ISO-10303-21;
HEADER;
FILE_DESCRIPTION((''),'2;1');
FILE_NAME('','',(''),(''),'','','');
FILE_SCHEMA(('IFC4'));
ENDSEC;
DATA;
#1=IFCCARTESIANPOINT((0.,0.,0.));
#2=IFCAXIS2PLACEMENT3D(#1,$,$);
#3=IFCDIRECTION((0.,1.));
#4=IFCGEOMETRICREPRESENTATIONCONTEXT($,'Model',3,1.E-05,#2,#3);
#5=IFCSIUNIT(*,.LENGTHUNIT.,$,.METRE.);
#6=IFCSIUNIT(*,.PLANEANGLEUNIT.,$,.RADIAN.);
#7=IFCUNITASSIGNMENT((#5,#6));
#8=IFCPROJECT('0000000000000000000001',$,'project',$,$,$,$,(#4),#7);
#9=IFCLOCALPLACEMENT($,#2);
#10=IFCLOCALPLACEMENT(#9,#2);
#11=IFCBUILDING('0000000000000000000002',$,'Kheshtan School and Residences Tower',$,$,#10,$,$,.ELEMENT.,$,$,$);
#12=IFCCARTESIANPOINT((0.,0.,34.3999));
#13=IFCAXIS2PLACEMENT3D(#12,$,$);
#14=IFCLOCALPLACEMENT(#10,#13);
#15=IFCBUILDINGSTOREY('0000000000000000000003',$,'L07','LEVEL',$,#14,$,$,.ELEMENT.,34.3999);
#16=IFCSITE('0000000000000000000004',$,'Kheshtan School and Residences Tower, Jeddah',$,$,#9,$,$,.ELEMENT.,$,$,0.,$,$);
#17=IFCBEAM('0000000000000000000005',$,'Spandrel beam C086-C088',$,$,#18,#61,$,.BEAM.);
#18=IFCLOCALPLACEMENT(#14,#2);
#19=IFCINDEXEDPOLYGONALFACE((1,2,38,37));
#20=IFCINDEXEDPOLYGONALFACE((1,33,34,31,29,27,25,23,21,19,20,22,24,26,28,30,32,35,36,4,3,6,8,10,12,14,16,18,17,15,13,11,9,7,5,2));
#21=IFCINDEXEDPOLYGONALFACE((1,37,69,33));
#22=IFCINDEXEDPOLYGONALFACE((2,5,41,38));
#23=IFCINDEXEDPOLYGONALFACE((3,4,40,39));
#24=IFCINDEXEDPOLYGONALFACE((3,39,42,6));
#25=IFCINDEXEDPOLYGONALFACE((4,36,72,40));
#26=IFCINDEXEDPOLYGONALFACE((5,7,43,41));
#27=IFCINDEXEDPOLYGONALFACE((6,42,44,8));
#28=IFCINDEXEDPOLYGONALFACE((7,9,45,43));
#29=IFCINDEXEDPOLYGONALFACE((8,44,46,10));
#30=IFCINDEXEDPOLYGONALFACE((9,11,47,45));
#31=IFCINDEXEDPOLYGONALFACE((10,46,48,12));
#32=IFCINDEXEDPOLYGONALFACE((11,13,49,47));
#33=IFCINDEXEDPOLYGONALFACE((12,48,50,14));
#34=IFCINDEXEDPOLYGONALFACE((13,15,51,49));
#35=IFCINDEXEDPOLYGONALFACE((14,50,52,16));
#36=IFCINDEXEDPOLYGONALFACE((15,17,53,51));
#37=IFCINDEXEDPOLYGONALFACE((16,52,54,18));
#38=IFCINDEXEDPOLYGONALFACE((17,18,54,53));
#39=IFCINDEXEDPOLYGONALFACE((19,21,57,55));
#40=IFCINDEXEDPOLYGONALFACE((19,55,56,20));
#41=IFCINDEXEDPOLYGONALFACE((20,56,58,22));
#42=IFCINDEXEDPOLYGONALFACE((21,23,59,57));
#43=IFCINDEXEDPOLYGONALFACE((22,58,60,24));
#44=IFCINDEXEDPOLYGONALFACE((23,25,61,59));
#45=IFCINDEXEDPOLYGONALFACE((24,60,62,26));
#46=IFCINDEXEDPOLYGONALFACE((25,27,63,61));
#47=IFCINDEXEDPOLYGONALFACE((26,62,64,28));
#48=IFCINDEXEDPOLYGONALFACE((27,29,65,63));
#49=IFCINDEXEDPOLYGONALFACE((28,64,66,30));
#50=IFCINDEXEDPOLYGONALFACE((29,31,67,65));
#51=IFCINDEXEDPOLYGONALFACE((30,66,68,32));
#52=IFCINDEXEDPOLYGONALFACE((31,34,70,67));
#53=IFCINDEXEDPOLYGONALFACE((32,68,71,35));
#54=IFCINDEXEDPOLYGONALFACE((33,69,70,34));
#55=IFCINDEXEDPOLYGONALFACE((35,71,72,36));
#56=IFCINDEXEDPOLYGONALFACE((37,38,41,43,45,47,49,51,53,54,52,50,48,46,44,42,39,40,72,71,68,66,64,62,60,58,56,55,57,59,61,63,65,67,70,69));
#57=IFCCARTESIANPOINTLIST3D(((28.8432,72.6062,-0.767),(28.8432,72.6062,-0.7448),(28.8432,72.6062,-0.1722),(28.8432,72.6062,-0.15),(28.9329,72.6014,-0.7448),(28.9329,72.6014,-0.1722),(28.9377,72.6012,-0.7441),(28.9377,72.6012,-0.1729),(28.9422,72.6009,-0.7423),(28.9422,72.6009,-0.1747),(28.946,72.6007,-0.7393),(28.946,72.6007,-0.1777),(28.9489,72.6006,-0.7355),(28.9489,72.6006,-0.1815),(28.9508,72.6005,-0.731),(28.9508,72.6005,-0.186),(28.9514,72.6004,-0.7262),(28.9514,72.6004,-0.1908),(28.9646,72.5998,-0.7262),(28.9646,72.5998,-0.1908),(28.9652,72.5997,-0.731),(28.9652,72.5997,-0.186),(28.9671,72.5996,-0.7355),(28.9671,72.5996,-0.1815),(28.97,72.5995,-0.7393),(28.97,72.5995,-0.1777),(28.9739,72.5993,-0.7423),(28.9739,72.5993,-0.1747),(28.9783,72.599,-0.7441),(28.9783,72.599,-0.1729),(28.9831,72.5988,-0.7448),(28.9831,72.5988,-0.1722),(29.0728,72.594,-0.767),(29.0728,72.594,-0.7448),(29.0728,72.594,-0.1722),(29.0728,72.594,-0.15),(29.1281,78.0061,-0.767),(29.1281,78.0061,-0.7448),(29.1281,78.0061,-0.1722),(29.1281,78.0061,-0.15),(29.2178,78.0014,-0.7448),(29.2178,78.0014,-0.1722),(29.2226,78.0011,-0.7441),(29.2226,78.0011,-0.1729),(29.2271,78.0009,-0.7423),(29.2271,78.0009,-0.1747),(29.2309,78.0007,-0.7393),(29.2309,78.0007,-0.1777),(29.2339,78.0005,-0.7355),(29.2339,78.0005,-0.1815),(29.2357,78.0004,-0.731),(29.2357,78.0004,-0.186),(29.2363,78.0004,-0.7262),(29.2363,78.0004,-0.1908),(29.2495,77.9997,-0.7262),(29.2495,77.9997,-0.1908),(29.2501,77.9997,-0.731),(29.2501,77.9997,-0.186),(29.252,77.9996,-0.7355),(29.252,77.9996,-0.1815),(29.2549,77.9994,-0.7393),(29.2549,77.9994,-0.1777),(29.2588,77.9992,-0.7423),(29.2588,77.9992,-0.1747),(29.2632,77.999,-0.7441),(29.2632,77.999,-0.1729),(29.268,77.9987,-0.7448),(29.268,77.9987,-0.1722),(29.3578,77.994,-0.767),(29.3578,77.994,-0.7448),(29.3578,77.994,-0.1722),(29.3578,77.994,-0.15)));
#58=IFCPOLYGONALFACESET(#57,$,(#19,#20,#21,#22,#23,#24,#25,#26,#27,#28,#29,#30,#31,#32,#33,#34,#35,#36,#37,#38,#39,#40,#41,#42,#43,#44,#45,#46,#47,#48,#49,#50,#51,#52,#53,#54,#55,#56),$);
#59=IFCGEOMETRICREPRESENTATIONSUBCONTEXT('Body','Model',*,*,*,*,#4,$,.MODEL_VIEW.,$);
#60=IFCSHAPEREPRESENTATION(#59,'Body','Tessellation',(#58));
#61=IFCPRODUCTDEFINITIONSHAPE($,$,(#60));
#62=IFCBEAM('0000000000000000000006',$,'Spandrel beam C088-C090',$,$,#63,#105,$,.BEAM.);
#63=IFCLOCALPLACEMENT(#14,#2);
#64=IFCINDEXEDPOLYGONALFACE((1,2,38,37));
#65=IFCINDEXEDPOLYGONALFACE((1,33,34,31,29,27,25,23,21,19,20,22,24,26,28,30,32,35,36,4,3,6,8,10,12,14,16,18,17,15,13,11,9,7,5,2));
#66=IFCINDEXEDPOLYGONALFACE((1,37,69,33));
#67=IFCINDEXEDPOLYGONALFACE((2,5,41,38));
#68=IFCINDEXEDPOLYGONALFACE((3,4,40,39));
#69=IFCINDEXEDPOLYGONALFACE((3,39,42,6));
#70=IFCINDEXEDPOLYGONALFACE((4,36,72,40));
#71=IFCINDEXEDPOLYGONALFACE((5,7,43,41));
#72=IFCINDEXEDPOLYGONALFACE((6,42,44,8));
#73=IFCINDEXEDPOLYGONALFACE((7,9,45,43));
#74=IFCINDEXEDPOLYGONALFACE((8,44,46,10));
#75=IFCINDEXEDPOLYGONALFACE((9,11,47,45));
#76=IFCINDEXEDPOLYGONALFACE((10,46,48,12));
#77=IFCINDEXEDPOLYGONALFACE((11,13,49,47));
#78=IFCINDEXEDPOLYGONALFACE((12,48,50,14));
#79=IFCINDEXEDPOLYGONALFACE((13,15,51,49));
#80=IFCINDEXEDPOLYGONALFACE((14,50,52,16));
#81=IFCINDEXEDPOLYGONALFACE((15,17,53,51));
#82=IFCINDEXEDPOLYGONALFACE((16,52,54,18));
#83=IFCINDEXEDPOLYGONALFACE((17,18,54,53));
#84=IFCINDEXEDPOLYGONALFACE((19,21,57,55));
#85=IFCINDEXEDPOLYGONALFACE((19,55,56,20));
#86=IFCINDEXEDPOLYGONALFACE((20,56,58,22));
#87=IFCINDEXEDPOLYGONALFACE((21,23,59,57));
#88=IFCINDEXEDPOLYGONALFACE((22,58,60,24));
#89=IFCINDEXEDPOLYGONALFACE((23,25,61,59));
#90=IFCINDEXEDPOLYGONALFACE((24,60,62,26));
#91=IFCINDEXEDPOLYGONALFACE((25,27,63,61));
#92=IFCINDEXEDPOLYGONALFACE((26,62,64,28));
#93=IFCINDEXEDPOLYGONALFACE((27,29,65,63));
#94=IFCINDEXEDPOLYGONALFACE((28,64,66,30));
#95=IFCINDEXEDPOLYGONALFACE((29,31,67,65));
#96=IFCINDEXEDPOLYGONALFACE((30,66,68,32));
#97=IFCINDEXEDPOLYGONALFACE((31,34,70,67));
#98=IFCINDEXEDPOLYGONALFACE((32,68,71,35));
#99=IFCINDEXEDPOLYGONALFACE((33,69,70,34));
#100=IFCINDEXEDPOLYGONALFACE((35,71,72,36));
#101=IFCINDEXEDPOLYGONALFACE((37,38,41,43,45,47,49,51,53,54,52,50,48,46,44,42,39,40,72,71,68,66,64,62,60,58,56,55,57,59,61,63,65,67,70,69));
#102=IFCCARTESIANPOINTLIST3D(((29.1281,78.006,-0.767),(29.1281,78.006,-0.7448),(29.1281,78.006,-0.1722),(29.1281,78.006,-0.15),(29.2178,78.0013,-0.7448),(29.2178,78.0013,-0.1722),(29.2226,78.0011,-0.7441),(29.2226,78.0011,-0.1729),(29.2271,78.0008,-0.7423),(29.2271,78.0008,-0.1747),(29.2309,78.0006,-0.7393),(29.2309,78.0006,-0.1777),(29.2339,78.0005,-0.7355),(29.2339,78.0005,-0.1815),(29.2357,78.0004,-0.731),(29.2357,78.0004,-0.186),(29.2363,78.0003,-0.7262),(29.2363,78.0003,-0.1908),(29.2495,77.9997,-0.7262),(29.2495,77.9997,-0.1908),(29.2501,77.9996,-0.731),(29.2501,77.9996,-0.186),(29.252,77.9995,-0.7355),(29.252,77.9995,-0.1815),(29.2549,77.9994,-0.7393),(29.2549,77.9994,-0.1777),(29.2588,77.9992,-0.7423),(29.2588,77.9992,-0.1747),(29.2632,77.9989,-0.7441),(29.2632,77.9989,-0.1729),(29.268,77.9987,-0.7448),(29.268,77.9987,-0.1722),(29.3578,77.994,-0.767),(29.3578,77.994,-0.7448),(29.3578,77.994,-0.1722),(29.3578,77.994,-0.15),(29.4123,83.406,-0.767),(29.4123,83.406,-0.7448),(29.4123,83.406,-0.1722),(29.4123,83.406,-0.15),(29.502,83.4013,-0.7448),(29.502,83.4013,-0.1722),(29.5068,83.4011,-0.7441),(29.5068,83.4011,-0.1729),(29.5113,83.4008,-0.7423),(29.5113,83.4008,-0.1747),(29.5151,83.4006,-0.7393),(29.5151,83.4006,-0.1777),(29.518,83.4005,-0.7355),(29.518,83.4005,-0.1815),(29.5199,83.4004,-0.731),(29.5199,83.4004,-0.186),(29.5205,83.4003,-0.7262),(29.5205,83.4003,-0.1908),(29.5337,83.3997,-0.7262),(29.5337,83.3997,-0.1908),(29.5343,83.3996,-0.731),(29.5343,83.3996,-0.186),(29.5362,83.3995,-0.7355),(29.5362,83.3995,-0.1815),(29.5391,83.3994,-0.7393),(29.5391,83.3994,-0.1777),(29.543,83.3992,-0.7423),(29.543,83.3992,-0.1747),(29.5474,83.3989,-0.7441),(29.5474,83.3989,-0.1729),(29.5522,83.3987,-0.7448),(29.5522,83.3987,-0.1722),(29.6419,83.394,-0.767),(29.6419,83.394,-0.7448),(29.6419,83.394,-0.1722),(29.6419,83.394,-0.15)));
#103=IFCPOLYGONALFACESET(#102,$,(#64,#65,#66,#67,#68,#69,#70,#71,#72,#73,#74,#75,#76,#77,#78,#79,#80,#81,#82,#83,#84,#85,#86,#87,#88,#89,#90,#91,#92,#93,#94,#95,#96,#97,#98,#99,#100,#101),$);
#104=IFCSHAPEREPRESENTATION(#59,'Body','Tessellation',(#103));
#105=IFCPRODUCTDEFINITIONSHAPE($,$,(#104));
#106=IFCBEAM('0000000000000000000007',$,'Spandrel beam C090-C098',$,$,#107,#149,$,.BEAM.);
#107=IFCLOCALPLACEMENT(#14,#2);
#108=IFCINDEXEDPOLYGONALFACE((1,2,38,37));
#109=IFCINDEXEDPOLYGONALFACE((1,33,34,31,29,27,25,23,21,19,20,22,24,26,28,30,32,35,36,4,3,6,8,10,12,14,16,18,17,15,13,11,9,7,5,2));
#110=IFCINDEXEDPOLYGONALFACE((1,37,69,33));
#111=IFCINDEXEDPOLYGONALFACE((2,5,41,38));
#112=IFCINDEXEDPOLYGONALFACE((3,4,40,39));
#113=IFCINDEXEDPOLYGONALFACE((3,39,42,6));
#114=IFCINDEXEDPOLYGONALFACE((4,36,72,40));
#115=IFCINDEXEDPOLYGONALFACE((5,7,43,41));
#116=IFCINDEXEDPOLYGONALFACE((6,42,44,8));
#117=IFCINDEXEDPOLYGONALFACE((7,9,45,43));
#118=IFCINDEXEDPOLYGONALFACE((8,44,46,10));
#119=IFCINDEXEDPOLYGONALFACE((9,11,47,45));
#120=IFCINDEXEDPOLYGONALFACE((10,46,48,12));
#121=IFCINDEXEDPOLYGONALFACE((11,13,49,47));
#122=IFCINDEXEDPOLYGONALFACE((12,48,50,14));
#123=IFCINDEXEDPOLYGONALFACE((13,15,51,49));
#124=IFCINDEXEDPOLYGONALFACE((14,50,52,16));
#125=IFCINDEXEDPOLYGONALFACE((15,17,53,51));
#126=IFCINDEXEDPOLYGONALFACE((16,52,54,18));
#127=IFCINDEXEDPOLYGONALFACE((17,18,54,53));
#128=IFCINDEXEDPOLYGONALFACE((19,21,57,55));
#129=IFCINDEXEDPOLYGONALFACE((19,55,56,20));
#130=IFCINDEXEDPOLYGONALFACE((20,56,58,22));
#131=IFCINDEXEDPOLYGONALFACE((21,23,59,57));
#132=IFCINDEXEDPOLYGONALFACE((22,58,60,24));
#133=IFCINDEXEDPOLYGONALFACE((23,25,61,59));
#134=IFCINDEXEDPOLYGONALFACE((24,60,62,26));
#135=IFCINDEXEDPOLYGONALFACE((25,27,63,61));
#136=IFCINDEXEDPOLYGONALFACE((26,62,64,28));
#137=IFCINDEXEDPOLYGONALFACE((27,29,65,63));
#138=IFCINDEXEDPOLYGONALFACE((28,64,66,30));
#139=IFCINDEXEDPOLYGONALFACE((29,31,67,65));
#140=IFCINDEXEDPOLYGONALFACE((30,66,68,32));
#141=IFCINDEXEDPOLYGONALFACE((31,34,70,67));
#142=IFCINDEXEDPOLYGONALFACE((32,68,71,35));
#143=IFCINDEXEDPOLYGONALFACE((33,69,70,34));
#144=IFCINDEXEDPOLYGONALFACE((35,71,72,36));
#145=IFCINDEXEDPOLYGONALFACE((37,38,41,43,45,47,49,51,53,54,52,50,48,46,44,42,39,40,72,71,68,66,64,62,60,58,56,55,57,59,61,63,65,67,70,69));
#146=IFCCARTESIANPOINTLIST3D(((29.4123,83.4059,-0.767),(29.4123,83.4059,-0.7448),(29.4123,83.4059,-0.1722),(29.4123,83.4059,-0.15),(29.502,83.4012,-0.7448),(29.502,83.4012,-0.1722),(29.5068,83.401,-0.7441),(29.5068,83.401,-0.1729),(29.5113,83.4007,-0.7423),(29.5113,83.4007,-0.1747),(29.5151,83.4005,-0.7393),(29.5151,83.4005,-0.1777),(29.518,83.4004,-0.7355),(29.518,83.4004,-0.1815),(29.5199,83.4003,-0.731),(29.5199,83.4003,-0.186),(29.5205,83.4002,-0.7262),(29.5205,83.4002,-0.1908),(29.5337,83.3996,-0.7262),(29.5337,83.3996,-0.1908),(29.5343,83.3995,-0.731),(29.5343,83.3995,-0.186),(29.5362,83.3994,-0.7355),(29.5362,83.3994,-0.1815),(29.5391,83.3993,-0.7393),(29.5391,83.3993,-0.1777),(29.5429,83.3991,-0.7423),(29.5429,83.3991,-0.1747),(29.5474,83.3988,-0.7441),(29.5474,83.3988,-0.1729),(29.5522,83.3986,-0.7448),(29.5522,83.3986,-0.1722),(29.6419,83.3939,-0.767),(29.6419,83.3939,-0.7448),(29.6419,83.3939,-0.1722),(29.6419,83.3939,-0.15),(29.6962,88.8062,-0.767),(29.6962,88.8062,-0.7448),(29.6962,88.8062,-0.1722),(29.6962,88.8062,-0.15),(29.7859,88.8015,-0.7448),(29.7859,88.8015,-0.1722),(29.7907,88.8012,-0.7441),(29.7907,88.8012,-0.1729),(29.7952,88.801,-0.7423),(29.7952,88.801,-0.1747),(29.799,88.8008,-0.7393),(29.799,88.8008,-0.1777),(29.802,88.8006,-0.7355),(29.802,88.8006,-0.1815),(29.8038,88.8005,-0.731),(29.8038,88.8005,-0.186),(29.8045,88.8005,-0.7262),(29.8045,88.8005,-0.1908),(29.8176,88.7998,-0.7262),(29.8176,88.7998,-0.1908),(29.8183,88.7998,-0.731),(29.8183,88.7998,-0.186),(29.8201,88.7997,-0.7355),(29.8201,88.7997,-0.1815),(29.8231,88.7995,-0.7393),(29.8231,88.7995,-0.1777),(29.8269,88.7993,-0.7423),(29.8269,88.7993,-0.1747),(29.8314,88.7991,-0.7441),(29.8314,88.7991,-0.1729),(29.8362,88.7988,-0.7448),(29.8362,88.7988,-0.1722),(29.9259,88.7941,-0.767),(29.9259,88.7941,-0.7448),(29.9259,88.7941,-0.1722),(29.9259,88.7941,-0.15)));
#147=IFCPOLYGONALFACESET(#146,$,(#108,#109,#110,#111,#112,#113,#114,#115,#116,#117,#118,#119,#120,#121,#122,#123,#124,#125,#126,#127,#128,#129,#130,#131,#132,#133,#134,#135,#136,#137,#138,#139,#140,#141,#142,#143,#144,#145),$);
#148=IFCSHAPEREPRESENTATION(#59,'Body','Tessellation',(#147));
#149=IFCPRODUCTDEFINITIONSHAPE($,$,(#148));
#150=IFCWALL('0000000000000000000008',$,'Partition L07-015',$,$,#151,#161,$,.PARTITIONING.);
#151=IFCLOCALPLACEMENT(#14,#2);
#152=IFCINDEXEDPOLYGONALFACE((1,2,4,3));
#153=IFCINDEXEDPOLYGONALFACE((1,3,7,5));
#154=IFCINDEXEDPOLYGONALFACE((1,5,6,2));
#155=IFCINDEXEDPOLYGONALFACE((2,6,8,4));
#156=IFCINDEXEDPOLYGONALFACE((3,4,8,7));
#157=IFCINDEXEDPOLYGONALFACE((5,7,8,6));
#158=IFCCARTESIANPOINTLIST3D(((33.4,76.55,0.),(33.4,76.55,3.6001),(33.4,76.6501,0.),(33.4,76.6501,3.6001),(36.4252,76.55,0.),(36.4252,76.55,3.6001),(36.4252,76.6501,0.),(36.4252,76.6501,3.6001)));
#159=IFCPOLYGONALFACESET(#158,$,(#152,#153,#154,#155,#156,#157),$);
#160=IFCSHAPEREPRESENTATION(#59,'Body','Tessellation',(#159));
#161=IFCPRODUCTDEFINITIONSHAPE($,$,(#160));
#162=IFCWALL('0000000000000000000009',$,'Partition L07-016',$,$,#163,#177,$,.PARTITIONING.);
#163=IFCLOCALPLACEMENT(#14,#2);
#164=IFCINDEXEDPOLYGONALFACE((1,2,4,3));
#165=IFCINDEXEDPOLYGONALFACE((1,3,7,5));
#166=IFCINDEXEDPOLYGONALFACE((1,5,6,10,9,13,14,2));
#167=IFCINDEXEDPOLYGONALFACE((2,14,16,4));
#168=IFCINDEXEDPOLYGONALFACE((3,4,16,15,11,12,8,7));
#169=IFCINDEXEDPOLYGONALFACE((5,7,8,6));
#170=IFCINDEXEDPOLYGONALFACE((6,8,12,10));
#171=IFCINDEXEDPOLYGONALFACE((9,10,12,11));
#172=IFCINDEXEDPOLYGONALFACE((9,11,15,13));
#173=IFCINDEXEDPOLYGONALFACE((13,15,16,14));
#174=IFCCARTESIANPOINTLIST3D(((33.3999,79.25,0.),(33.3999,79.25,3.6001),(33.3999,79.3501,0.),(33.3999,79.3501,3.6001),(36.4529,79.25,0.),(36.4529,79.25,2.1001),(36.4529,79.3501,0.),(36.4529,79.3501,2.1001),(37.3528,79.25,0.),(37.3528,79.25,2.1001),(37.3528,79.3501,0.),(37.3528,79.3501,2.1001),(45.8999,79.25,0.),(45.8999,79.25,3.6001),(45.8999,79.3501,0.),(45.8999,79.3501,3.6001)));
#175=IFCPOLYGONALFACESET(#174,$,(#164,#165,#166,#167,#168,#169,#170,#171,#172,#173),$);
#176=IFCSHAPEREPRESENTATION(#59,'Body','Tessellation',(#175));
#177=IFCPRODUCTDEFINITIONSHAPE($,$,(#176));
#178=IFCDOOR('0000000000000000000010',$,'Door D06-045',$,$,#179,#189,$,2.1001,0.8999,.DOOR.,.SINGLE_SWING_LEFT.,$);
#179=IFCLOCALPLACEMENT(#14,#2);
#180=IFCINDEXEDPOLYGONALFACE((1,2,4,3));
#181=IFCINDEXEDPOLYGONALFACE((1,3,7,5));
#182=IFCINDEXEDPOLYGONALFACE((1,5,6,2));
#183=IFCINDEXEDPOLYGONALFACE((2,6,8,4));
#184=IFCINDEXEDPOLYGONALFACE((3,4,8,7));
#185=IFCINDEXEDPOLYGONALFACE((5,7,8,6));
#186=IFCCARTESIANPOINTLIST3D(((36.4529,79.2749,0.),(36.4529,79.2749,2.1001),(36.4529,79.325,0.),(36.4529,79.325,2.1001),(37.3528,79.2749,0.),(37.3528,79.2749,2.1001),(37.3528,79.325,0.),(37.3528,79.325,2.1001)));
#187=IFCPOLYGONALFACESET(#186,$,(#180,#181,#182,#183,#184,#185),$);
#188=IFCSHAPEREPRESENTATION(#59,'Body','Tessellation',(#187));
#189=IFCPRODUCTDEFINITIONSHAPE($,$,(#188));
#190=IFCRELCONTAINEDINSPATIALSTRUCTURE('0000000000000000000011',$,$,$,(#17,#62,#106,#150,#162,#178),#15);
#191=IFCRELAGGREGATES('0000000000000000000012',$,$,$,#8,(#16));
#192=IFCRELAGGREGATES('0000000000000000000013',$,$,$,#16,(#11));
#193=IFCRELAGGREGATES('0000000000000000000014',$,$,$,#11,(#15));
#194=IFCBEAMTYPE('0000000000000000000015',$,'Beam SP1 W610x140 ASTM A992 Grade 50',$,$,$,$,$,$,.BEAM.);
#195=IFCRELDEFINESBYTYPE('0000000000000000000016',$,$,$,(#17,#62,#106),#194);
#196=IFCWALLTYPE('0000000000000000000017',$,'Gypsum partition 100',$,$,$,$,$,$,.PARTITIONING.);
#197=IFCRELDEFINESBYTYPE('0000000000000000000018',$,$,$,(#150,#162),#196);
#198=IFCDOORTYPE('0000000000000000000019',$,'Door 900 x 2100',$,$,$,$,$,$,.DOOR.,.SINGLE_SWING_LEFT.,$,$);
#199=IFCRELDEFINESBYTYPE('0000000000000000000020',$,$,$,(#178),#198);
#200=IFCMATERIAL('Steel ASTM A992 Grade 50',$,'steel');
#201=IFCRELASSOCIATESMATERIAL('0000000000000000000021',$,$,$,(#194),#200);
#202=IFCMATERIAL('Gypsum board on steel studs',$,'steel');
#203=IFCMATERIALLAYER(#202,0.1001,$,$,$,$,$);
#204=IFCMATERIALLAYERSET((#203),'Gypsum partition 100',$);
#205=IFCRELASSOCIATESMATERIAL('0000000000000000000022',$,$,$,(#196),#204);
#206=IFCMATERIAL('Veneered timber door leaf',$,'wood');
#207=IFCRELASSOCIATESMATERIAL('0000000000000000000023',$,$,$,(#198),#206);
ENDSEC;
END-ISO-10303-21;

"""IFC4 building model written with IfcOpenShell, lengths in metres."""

from ifc_helpers import new_model, si_unit, direction, frame, frame_2d, origin, origin_2d, place, context, subcontext, project, spatial, rectangle, i_section, extrude, source, transform, mapped, material, layer, layer_set, material_profile, profile_set, type_object, element, fill, save


model = new_model("IFC4")

# Units and contexts
model_context = context("Model", 3, precision=1e-05, world=origin(), true_north=direction((0.0, 1.0)))
body_context = subcontext(model_context, "Body", "Model", "MODEL_VIEW")
ifc_project = project(units=[si_unit("LENGTHUNIT", "METRE"), si_unit("PLANEANGLEUNIT", "RADIAN")], contexts=[model_context])

# Site, building, storey
site_placement = place(None, origin())
site = spatial("IfcSite", under=ifc_project, at=site_placement, Name="Kheshtan School and Residences Tower, Jeddah", CompositionType="ELEMENT", RefElevation=0.0)
building_placement = place(site_placement, origin())
building = spatial("IfcBuilding", under=site, at=building_placement, Name="Kheshtan School and Residences Tower", CompositionType="ELEMENT")
storey_placement = place(building_placement, frame((0.0, 0.0, 34.3999)))
storey = spatial("IfcBuildingStorey", under=building, at=storey_placement, Name="L07", Description="LEVEL", CompositionType="ELEMENT", Elevation=34.3999)

# Shared definitions
ifc_material_1 = material(Name="Steel ASTM A992 Grade 50", Category="steel")

# Beams
ifc_material_profile_1 = material_profile(ifc_material_1, i_section(OverallWidth=0.23, OverallDepth=0.6169, WebThickness=0.0132, FlangeThickness=0.0222, FilletRadius=0.0186, at=origin_2d()), Name="W610x140")
ifc_profile_set_1 = profile_set([ifc_material_profile_1], Name="Steel ASTM A992 Grade 50")
beam_type_1 = type_object("IfcBeamType", Name="Beam SP1 W610x140 ASTM A992 Grade 50", PredefinedType="BEAM", material=ifc_profile_set_1)
for number, where, z_axis, x_axis, name in (
    (1, (28.958, 72.6001, -0.4585), (0.052689, 0.998611, 0.0), (-0.998611, 0.052689, 0.0), "Spandrel beam C086-C088"),
    (2, (29.2429, 78.0, -0.4585), (0.052554, 0.998618, 0.0), (-0.998618, 0.052554, 0.0), "Spandrel beam C088-C090"),
):
    element("IfcBeam", number, at=place(storey_placement, frame(where, z_axis=z_axis, x_axis=x_axis)), inside=storey, type_object=beam_type_1, Name=name, PredefinedType="BEAM", context=body_context, shape_type="SweptSolid", body=[
        extrude(i_section(OverallWidth=0.23, OverallDepth=0.6169, WebThickness=0.0132, FlangeThickness=0.0222, FilletRadius=0.0186, at=origin_2d()), origin(), (0.0, 0.0, 1.0), 5.4075),
    ])
beam_1_placement = place(storey_placement, frame((29.5271, 83.3999, -0.4585), z_axis=(0.052507, 0.998621, 0.0), x_axis=(-0.998621, 0.052507, 0.0)))
element("IfcBeam", 3, at=beam_1_placement, inside=storey, type_object=beam_type_1, Name="Spandrel beam C090-C098", PredefinedType="BEAM", context=body_context, shape_type="SweptSolid", body=[
    extrude(i_section(OverallWidth=0.23, OverallDepth=0.6169, WebThickness=0.0132, FlangeThickness=0.0222, FilletRadius=0.0186, at=origin_2d()), origin(), (0.0, 0.0, 1.0), 5.4077),
])

# Wall
ifc_material_2 = material(Name="Gypsum board on steel studs", Category="steel")
ifc_layer_1 = layer(ifc_material_2, 0.1001)
ifc_layer_set_1 = layer_set([ifc_layer_1], Name="Gypsum partition 100")
wall_type_1 = type_object("IfcWallType", Name="Gypsum partition 100", PredefinedType="PARTITIONING", material=ifc_layer_set_1)
wall_1_placement = place(storey_placement, frame((33.3999, 76.6001, 0.0), z_axis=(0.0, 0.0, 1.0), x_axis=(1.0, 0.0, 0.0)))
element("IfcWall", 4, at=wall_1_placement, inside=storey, type_object=wall_type_1, Name="Partition L07-015", PredefinedType="PARTITIONING", context=body_context, shape_type="SweptSolid", body=[
    extrude(rectangle(XDim=3.0251, YDim=0.1001, at=frame_2d((1.5127, 0.0))), origin(), (0.0, 0.0, 1.0), 3.6001),
])

# Wall, opening, door
wall_2_placement = place(storey_placement, frame((33.3999, 79.3, 0.0), z_axis=(0.0, 0.0, 1.0), x_axis=(1.0, 0.0, 0.0)))
wall_2 = element("IfcWall", 5, at=wall_2_placement, inside=storey, type_object=wall_type_1, Name="Partition L07-016", PredefinedType="PARTITIONING", context=body_context, shape_type="SweptSolid", body=[
    extrude(rectangle(XDim=12.5, YDim=0.1001, at=frame_2d((6.25, 0.0))), origin(), (0.0, 0.0, 1.0), 3.6001),
])
opening_1_placement = place(wall_2_placement, frame((3.053, 0.0, 0.0)))
opening_1 = element("IfcOpeningElement", 6, at=opening_1_placement, cuts=wall_2, PredefinedType="OPENING", context=body_context, shape_type="SweptSolid", body=[
    extrude(rectangle(XDim=0.8999, YDim=2.1001, at=frame_2d((0.45, 1.05))), frame((0.0, 0.0601, 0.0), z_axis=(0.0, -1.0, 0.0), x_axis=(1.0, 0.0, 0.0)), (0.0, 0.0, 1.0), 0.1201),
])
ifc_material_3 = material(Name="Veneered timber door leaf", Category="wood")
door_type_1 = type_object("IfcDoorType", Name="Door 900 x 2100", OperationType="SINGLE_SWING_LEFT", PredefinedType="DOOR", material=ifc_material_3)
shared_shape_1 = source(origin(), body_context, "Body", "SweptSolid", [
    extrude(rectangle(XDim=0.8999, YDim=2.1001, at=frame_2d((0.45, 1.05))), frame((0.0, 0.0249, 0.0), z_axis=(0.0, -1.0, 0.0), x_axis=(1.0, 0.0, 0.0)), (0.0, 0.0, 1.0), 0.05),
])
door_1_placement = place(opening_1_placement, origin())
door_1 = element("IfcDoor", 7, at=door_1_placement, inside=storey, type_object=door_type_1, Name="Door D06-045", OperationType="SINGLE_SWING_LEFT", OverallHeight=2.1001, OverallWidth=0.8999, PredefinedType="DOOR", context=body_context, shape_type="MappedRepresentation", body=[
    mapped(shared_shape_1, transform((0.0, 0.0, 0.0), x_axis=(1.0, 0.0, 0.0), y_axis=(0.0, 1.0, 0.0), z_axis=(0.0, 0.0, 1.0), scale=1.0)),
])
fill(opening_1, door_1)

save(model, "model.ifc")
